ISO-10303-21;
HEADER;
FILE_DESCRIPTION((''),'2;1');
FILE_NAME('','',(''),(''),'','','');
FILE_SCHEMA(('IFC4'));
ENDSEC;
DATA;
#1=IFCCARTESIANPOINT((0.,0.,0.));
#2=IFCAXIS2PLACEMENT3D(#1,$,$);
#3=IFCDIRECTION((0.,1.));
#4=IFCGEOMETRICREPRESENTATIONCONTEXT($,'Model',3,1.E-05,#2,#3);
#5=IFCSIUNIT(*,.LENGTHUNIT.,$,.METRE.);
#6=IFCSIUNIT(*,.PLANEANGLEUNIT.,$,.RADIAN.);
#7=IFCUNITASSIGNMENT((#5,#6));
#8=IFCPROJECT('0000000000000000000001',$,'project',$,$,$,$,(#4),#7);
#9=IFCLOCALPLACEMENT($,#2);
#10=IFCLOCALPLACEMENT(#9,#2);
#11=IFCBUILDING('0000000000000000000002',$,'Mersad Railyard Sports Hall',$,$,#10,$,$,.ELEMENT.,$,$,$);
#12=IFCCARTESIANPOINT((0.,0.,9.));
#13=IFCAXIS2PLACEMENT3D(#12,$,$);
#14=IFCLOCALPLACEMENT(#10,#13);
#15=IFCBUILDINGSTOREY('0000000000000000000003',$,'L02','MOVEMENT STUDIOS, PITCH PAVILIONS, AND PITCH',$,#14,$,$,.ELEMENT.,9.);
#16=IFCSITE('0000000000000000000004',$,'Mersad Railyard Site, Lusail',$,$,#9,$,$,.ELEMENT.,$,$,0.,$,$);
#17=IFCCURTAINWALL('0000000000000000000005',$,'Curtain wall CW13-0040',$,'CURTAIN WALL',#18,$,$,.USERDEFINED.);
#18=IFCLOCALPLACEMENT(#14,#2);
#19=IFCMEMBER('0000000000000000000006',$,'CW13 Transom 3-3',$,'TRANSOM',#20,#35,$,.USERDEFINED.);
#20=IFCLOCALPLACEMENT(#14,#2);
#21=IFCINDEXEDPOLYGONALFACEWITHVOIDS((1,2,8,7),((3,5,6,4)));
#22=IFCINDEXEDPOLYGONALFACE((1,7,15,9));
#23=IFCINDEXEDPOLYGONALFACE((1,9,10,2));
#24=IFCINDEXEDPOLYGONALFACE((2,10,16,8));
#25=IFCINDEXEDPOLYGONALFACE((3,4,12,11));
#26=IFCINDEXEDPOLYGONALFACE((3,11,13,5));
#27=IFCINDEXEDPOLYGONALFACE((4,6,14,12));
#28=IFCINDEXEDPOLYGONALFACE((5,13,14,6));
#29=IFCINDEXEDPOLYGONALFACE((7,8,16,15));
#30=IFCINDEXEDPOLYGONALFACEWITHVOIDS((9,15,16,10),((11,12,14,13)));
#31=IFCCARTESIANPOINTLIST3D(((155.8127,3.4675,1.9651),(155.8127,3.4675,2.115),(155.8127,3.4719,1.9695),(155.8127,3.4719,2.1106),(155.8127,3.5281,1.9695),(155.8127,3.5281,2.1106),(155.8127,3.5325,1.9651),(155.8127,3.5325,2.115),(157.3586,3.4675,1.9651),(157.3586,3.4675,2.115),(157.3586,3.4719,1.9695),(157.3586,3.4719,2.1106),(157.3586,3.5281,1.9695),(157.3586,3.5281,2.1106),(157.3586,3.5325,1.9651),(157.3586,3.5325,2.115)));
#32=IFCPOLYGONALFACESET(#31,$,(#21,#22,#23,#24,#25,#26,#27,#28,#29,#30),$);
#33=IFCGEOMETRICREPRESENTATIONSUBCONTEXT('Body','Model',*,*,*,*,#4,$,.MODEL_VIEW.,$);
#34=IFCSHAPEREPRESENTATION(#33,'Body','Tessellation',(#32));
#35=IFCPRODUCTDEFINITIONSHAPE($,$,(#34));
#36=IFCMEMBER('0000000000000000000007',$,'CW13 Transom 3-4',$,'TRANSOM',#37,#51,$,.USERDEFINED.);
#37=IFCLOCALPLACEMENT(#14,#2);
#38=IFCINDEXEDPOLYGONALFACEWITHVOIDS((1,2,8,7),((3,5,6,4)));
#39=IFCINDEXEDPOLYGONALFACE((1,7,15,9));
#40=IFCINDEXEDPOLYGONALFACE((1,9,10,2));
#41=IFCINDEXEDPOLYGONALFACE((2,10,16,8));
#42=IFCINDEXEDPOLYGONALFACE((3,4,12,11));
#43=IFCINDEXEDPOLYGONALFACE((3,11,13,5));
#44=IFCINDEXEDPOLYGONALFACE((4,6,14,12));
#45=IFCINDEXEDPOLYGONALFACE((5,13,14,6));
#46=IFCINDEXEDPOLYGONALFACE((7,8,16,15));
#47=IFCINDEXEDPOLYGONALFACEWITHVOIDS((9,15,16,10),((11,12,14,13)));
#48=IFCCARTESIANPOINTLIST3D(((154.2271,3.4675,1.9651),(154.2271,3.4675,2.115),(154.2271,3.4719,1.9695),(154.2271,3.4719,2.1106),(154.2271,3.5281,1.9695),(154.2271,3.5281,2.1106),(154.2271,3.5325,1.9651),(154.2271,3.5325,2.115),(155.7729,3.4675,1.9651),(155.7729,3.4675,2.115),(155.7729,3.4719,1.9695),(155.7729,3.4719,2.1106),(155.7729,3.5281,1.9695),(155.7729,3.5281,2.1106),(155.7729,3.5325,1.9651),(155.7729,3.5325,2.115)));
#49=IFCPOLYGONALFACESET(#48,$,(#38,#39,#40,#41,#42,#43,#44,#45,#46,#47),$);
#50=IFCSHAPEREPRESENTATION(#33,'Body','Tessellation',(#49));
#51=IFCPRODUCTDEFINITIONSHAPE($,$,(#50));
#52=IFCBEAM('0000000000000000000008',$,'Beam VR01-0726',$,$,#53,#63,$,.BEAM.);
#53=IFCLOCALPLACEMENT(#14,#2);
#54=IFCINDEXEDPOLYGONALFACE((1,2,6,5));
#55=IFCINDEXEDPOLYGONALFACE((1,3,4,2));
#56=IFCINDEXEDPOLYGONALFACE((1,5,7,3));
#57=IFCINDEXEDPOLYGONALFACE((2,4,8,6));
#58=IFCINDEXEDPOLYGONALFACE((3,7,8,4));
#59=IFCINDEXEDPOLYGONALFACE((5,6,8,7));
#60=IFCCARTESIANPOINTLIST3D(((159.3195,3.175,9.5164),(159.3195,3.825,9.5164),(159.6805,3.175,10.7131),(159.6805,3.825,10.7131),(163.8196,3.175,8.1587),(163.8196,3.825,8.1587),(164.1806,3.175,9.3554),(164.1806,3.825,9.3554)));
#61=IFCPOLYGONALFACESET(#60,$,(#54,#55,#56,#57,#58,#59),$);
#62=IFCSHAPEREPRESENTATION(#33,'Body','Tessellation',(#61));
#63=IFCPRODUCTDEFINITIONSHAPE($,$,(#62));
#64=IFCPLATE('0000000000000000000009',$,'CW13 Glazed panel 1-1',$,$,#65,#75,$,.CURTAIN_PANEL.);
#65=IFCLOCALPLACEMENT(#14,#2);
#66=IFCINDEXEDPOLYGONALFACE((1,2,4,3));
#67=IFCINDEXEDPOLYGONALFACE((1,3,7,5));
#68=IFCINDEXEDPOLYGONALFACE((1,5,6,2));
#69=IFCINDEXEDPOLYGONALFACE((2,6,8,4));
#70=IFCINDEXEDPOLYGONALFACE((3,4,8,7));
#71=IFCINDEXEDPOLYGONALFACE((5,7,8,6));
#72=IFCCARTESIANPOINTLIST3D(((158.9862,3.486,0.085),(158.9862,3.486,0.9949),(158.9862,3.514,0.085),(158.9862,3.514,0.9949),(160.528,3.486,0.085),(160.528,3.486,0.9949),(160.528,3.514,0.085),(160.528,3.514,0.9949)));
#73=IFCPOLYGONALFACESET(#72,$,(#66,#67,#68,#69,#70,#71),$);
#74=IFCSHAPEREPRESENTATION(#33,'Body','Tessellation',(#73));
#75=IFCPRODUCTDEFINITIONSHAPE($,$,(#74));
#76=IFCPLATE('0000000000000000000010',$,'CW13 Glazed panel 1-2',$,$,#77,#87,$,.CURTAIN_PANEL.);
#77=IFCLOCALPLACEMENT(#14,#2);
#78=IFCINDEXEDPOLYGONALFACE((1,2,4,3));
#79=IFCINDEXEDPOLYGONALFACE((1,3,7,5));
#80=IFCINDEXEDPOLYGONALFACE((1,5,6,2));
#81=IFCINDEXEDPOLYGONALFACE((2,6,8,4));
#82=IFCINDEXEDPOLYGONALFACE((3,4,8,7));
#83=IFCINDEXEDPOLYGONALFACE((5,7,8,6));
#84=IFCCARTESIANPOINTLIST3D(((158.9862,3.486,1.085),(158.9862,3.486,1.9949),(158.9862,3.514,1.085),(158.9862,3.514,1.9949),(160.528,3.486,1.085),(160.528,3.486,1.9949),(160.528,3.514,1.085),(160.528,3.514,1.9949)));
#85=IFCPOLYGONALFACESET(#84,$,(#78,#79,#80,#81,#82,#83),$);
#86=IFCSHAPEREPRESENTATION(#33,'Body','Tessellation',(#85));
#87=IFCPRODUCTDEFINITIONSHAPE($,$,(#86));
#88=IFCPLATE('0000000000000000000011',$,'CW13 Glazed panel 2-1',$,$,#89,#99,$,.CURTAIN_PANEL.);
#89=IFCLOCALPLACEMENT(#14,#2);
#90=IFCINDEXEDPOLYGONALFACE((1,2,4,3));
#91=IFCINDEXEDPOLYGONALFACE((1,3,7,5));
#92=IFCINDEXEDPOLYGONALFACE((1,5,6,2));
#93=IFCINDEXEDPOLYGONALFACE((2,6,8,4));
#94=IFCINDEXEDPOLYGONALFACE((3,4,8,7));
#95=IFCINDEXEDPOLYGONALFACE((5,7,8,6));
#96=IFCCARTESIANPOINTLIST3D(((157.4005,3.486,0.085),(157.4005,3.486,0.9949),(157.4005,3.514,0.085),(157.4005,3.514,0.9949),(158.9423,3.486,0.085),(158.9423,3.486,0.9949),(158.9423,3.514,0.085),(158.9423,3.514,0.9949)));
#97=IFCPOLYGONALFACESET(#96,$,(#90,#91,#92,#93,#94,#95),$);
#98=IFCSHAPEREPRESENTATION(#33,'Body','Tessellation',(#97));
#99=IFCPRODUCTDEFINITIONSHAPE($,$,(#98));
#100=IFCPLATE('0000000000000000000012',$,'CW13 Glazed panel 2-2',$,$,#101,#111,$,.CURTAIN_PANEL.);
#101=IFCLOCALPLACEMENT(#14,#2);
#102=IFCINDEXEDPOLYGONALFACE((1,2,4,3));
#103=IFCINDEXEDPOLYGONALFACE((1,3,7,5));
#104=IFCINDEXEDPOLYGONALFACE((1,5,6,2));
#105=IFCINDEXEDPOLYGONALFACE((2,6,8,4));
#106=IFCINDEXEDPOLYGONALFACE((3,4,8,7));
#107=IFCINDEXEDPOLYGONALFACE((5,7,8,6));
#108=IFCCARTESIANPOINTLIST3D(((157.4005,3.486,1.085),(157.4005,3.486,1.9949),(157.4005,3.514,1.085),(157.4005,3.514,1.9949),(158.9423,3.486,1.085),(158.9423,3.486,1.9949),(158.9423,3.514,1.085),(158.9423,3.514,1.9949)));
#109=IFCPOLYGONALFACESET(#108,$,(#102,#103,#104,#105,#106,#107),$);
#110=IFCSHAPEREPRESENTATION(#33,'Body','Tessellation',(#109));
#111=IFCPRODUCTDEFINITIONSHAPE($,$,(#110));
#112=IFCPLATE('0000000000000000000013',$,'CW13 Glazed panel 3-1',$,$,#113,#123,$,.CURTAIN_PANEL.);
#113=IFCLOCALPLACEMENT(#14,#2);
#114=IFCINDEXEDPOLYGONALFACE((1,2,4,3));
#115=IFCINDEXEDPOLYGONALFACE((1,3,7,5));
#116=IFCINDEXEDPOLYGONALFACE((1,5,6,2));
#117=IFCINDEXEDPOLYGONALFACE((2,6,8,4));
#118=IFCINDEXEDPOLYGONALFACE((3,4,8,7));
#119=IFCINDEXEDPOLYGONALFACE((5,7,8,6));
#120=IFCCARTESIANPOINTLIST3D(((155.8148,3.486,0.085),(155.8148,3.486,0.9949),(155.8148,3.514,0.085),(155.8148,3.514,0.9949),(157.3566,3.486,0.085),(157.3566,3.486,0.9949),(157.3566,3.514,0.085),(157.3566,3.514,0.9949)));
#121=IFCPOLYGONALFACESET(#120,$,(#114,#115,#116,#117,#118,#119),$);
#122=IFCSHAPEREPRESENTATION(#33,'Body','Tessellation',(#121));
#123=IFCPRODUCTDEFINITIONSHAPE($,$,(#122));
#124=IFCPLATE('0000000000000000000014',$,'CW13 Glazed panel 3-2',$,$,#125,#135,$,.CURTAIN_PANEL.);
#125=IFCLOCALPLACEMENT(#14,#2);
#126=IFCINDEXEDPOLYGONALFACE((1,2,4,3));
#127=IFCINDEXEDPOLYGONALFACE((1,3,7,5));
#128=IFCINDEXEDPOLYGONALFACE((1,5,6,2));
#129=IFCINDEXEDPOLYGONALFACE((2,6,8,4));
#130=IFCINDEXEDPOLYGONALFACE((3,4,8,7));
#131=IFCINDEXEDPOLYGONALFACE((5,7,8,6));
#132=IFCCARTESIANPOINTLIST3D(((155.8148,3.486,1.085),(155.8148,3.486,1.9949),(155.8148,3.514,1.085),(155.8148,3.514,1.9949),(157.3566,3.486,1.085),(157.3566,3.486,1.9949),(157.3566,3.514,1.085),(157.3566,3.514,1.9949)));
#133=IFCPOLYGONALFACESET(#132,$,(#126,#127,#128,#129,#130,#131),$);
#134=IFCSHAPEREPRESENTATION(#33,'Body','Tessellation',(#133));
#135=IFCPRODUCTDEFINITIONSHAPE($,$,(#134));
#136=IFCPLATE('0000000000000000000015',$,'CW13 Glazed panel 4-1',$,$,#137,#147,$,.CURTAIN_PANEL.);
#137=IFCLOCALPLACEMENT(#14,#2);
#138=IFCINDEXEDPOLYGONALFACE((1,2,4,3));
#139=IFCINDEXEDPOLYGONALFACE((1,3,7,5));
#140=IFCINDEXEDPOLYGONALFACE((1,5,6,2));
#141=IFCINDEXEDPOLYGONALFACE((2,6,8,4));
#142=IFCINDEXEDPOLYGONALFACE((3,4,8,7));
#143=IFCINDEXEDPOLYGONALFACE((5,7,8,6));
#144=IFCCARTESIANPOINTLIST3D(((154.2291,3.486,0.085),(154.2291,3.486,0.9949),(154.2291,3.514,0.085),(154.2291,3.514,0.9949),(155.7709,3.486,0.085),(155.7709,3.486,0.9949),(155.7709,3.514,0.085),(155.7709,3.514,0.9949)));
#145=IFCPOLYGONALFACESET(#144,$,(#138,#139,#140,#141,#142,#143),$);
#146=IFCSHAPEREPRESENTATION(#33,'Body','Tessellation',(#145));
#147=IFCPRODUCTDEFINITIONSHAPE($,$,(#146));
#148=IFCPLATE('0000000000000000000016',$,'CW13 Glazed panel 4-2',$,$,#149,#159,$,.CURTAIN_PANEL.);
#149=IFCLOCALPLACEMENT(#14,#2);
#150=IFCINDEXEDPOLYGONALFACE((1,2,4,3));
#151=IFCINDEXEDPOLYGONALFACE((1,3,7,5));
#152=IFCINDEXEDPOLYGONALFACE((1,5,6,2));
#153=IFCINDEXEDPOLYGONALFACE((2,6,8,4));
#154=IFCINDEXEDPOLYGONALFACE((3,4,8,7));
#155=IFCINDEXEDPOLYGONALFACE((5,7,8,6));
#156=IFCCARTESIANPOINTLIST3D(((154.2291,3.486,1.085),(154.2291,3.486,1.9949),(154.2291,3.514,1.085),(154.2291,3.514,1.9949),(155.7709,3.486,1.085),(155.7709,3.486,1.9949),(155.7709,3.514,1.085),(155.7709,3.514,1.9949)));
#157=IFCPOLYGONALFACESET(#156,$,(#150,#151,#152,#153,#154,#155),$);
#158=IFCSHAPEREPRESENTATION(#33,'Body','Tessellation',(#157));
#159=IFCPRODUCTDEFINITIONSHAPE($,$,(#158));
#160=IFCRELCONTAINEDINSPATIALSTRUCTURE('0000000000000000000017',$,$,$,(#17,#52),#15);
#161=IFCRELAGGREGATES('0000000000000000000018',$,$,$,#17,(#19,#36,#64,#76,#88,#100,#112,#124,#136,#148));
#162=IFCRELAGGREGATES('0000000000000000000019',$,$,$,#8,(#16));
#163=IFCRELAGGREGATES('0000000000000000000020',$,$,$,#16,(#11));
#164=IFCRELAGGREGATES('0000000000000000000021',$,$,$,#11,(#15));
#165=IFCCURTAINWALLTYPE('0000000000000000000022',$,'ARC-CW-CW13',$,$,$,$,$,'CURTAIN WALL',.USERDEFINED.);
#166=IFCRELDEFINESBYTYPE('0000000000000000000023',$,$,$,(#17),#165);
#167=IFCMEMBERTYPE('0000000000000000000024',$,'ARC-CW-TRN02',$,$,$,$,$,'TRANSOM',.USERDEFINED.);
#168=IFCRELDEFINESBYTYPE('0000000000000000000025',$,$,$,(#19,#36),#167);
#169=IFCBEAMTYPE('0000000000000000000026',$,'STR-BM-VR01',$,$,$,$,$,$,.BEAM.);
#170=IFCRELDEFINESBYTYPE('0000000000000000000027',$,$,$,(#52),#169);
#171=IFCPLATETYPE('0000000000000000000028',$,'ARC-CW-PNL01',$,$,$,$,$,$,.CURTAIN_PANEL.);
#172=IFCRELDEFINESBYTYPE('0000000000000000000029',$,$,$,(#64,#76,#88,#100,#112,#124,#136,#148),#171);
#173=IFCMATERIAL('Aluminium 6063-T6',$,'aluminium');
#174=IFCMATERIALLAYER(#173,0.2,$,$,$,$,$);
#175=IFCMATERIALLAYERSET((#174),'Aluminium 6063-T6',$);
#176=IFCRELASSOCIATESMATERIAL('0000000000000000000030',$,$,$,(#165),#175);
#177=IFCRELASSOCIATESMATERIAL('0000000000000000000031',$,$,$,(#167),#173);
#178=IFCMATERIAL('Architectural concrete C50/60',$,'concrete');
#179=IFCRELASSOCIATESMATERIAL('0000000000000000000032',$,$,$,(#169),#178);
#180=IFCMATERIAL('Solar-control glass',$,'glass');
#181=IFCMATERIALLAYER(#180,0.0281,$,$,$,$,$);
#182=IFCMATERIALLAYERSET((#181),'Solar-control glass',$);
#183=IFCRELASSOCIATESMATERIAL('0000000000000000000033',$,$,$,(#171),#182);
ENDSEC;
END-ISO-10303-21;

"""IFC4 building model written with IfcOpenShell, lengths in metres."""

from ifc_helpers import new_model, si_unit, direction, frame, origin, origin_2d, place, context, subcontext, project, spatial, rectangle, hollow_rectangle, extrude, material, layer, layer_set, material_profile, profile_set, type_object, element, aggregate, save


model = new_model("IFC4")

# Units and contexts
model_context = context("Model", 3, precision=1e-05, world=origin(), true_north=direction((0.0, 1.0)))
body_context = subcontext(model_context, "Body", "Model", "MODEL_VIEW")
ifc_project = project(units=[si_unit("LENGTHUNIT", "METRE"), si_unit("PLANEANGLEUNIT", "RADIAN")], contexts=[model_context])

# Site, building, storey
site_placement = place(None, origin())
site = spatial("IfcSite", under=ifc_project, at=site_placement, Name="Mersad Railyard Site, Lusail", CompositionType="ELEMENT", RefElevation=0.0)
building_placement = place(site_placement, origin())
building = spatial("IfcBuilding", under=site, at=building_placement, Name="Mersad Railyard Sports Hall", CompositionType="ELEMENT")
storey_placement = place(building_placement, frame((0.0, 0.0, 9.0)))
storey = spatial("IfcBuildingStorey", under=building, at=storey_placement, Name="L02", Description="MOVEMENT STUDIOS, PITCH PAVILIONS, AND PITCH", CompositionType="ELEMENT", Elevation=9.0)

# Curtain wall, members
ifc_material_1 = material(Name="Aluminium 6063-T6", Category="aluminium")
ifc_layer_1 = layer(ifc_material_1, 0.2)
ifc_layer_set_1 = layer_set([ifc_layer_1], Name="Aluminium 6063-T6")
curtain_wall_type = type_object("IfcCurtainWallType", Name="ARC-CW-CW13", ElementType="CURTAIN WALL", PredefinedType="USERDEFINED", material=ifc_layer_set_1)
curtain_wall_placement = place(storey_placement, origin())
curtain_wall = element("IfcCurtainWall", 1, at=curtain_wall_placement, inside=storey, type_object=curtain_wall_type, Name="Curtain wall CW13-0040", ObjectType="CURTAIN WALL", PredefinedType="USERDEFINED")
ifc_material_profile_1 = material_profile(ifc_material_1, hollow_rectangle(XDim=0.0649, YDim=0.1499, WallThickness=0.0044, at=origin_2d()), Name="AL TRANSOM 65x150x4.5")
ifc_profile_set_1 = profile_set([ifc_material_profile_1], Name="Aluminium 6063-T6")
member_type_1 = type_object("IfcMemberType", Name="ARC-CW-TRN02", ElementType="TRANSOM", PredefinedType="USERDEFINED", material=ifc_profile_set_1)
member_1_placement = place(storey_placement, frame((157.3586, 3.5, 2.04), z_axis=(-1.0, 0.0, 0.0), x_axis=(0.0, -1.0, 0.0)))
member_1 = element("IfcMember", 2, at=member_1_placement, type_object=member_type_1, Name="CW13 Transom 3-3", ObjectType="TRANSOM", PredefinedType="USERDEFINED", context=body_context, shape_type="SweptSolid", body=[
    extrude(hollow_rectangle(XDim=0.0649, YDim=0.1499, WallThickness=0.0044, at=origin_2d()), origin(), (0.0, 0.0, 1.0), 1.5459),
])
member_2_placement = place(storey_placement, frame((155.7729, 3.5, 2.04), z_axis=(-1.0, 0.0, 0.0), x_axis=(0.0, -1.0, 0.0)))
member_2 = element("IfcMember", 3, at=member_2_placement, type_object=member_type_1, Name="CW13 Transom 3-4", ObjectType="TRANSOM", PredefinedType="USERDEFINED", context=body_context, shape_type="SweptSolid", body=[
    extrude(hollow_rectangle(XDim=0.0649, YDim=0.1499, WallThickness=0.0044, at=origin_2d()), origin(), (0.0, 0.0, 1.0), 1.5459),
])

# Beam
ifc_material_2 = material(Name="Architectural concrete C50/60", Category="concrete")
ifc_material_profile_2 = material_profile(ifc_material_2, rectangle(XDim=0.6499, YDim=1.25, at=origin_2d()), Name="VR 650x1250")
ifc_profile_set_2 = profile_set([ifc_material_profile_2], Name="Architectural concrete C50/60")
beam_type = type_object("IfcBeamType", Name="STR-BM-VR01", PredefinedType="BEAM", material=ifc_profile_set_2)
beam_placement = place(storey_placement, frame((159.5, 3.5, 10.1147), z_axis=(0.957376, 0.0, -0.288844), x_axis=(0.0, 1.0, 0.0)))
element("IfcBeam", 4, at=beam_placement, inside=storey, type_object=beam_type, Name="Beam VR01-0726", PredefinedType="BEAM", context=body_context, shape_type="SweptSolid", body=[
    extrude(rectangle(XDim=0.6499, YDim=1.25, at=origin_2d()), origin(), (0.0, 0.0, 1.0), 4.7004),
])

# Plates
ifc_material_3 = material(Name="Solar-control glass", Category="glass")
ifc_layer_2 = layer(ifc_material_3, 0.0281)
ifc_layer_set_2 = layer_set([ifc_layer_2], Name="Solar-control glass")
plate_type = type_object("IfcPlateType", Name="ARC-CW-PNL01", PredefinedType="CURTAIN_PANEL", material=ifc_layer_set_2)
plate_1_placement = place(storey_placement, frame((159.7571, 3.5, 0.085), z_axis=(0.0, 0.0, 1.0), x_axis=(-1.0, 0.0, 0.0)))
plate_1 = element("IfcPlate", 5, at=plate_1_placement, type_object=plate_type, Name="CW13 Glazed panel 1-1", PredefinedType="CURTAIN_PANEL", context=body_context, shape_type="SweptSolid", body=[
    extrude(rectangle(XDim=1.5417, YDim=0.0281, at=origin_2d()), origin(), (0.0, 0.0, 1.0), 0.9099),
])
plate_2_placement = place(storey_placement, frame((159.7571, 3.5, 1.085), z_axis=(0.0, 0.0, 1.0), x_axis=(-1.0, 0.0, 0.0)))
plate_2 = element("IfcPlate", 6, at=plate_2_placement, type_object=plate_type, Name="CW13 Glazed panel 1-2", PredefinedType="CURTAIN_PANEL", context=body_context, shape_type="SweptSolid", body=[
    extrude(rectangle(XDim=1.5417, YDim=0.0281, at=origin_2d()), origin(), (0.0, 0.0, 1.0), 0.9099),
])
plate_3_placement = place(storey_placement, frame((158.1714, 3.5, 0.085), z_axis=(0.0, 0.0, 1.0), x_axis=(-1.0, 0.0, 0.0)))
plate_3 = element("IfcPlate", 7, at=plate_3_placement, type_object=plate_type, Name="CW13 Glazed panel 2-1", PredefinedType="CURTAIN_PANEL", context=body_context, shape_type="SweptSolid", body=[
    extrude(rectangle(XDim=1.5417, YDim=0.0281, at=origin_2d()), origin(), (0.0, 0.0, 1.0), 0.9099),
])
plate_4_placement = place(storey_placement, frame((158.1714, 3.5, 1.085), z_axis=(0.0, 0.0, 1.0), x_axis=(-1.0, 0.0, 0.0)))
plate_4 = element("IfcPlate", 8, at=plate_4_placement, type_object=plate_type, Name="CW13 Glazed panel 2-2", PredefinedType="CURTAIN_PANEL", context=body_context, shape_type="SweptSolid", body=[
    extrude(rectangle(XDim=1.5417, YDim=0.0281, at=origin_2d()), origin(), (0.0, 0.0, 1.0), 0.9099),
])
plate_5_placement = place(storey_placement, frame((156.5857, 3.5, 0.085), z_axis=(0.0, 0.0, 1.0), x_axis=(-1.0, 0.0, 0.0)))
plate_5 = element("IfcPlate", 9, at=plate_5_placement, type_object=plate_type, Name="CW13 Glazed panel 3-1", PredefinedType="CURTAIN_PANEL", context=body_context, shape_type="SweptSolid", body=[
    extrude(rectangle(XDim=1.5417, YDim=0.0281, at=origin_2d()), origin(), (0.0, 0.0, 1.0), 0.9099),
])
plate_6_placement = place(storey_placement, frame((156.5857, 3.5, 1.085), z_axis=(0.0, 0.0, 1.0), x_axis=(-1.0, 0.0, 0.0)))
plate_6 = element("IfcPlate", 10, at=plate_6_placement, type_object=plate_type, Name="CW13 Glazed panel 3-2", PredefinedType="CURTAIN_PANEL", context=body_context, shape_type="SweptSolid", body=[
    extrude(rectangle(XDim=1.5417, YDim=0.0281, at=origin_2d()), origin(), (0.0, 0.0, 1.0), 0.9099),
])
plate_7_placement = place(storey_placement, frame((155.0, 3.5, 0.085), z_axis=(0.0, 0.0, 1.0), x_axis=(-1.0, 0.0, 0.0)))
plate_7 = element("IfcPlate", 11, at=plate_7_placement, type_object=plate_type, Name="CW13 Glazed panel 4-1", PredefinedType="CURTAIN_PANEL", context=body_context, shape_type="SweptSolid", body=[
    extrude(rectangle(XDim=1.5417, YDim=0.0281, at=origin_2d()), origin(), (0.0, 0.0, 1.0), 0.9099),
])
plate_8_placement = place(storey_placement, frame((155.0, 3.5, 1.085), z_axis=(0.0, 0.0, 1.0), x_axis=(-1.0, 0.0, 0.0)))
plate_8 = element("IfcPlate", 12, at=plate_8_placement, type_object=plate_type, Name="CW13 Glazed panel 4-2", PredefinedType="CURTAIN_PANEL", context=body_context, shape_type="SweptSolid", body=[
    extrude(rectangle(XDim=1.5417, YDim=0.0281, at=origin_2d()), origin(), (0.0, 0.0, 1.0), 0.9099),
])
aggregate(curtain_wall, [member_1, member_2, plate_1, plate_2, plate_3, plate_4, plate_5, plate_6, plate_7, plate_8])

save(model, "model.ifc")
